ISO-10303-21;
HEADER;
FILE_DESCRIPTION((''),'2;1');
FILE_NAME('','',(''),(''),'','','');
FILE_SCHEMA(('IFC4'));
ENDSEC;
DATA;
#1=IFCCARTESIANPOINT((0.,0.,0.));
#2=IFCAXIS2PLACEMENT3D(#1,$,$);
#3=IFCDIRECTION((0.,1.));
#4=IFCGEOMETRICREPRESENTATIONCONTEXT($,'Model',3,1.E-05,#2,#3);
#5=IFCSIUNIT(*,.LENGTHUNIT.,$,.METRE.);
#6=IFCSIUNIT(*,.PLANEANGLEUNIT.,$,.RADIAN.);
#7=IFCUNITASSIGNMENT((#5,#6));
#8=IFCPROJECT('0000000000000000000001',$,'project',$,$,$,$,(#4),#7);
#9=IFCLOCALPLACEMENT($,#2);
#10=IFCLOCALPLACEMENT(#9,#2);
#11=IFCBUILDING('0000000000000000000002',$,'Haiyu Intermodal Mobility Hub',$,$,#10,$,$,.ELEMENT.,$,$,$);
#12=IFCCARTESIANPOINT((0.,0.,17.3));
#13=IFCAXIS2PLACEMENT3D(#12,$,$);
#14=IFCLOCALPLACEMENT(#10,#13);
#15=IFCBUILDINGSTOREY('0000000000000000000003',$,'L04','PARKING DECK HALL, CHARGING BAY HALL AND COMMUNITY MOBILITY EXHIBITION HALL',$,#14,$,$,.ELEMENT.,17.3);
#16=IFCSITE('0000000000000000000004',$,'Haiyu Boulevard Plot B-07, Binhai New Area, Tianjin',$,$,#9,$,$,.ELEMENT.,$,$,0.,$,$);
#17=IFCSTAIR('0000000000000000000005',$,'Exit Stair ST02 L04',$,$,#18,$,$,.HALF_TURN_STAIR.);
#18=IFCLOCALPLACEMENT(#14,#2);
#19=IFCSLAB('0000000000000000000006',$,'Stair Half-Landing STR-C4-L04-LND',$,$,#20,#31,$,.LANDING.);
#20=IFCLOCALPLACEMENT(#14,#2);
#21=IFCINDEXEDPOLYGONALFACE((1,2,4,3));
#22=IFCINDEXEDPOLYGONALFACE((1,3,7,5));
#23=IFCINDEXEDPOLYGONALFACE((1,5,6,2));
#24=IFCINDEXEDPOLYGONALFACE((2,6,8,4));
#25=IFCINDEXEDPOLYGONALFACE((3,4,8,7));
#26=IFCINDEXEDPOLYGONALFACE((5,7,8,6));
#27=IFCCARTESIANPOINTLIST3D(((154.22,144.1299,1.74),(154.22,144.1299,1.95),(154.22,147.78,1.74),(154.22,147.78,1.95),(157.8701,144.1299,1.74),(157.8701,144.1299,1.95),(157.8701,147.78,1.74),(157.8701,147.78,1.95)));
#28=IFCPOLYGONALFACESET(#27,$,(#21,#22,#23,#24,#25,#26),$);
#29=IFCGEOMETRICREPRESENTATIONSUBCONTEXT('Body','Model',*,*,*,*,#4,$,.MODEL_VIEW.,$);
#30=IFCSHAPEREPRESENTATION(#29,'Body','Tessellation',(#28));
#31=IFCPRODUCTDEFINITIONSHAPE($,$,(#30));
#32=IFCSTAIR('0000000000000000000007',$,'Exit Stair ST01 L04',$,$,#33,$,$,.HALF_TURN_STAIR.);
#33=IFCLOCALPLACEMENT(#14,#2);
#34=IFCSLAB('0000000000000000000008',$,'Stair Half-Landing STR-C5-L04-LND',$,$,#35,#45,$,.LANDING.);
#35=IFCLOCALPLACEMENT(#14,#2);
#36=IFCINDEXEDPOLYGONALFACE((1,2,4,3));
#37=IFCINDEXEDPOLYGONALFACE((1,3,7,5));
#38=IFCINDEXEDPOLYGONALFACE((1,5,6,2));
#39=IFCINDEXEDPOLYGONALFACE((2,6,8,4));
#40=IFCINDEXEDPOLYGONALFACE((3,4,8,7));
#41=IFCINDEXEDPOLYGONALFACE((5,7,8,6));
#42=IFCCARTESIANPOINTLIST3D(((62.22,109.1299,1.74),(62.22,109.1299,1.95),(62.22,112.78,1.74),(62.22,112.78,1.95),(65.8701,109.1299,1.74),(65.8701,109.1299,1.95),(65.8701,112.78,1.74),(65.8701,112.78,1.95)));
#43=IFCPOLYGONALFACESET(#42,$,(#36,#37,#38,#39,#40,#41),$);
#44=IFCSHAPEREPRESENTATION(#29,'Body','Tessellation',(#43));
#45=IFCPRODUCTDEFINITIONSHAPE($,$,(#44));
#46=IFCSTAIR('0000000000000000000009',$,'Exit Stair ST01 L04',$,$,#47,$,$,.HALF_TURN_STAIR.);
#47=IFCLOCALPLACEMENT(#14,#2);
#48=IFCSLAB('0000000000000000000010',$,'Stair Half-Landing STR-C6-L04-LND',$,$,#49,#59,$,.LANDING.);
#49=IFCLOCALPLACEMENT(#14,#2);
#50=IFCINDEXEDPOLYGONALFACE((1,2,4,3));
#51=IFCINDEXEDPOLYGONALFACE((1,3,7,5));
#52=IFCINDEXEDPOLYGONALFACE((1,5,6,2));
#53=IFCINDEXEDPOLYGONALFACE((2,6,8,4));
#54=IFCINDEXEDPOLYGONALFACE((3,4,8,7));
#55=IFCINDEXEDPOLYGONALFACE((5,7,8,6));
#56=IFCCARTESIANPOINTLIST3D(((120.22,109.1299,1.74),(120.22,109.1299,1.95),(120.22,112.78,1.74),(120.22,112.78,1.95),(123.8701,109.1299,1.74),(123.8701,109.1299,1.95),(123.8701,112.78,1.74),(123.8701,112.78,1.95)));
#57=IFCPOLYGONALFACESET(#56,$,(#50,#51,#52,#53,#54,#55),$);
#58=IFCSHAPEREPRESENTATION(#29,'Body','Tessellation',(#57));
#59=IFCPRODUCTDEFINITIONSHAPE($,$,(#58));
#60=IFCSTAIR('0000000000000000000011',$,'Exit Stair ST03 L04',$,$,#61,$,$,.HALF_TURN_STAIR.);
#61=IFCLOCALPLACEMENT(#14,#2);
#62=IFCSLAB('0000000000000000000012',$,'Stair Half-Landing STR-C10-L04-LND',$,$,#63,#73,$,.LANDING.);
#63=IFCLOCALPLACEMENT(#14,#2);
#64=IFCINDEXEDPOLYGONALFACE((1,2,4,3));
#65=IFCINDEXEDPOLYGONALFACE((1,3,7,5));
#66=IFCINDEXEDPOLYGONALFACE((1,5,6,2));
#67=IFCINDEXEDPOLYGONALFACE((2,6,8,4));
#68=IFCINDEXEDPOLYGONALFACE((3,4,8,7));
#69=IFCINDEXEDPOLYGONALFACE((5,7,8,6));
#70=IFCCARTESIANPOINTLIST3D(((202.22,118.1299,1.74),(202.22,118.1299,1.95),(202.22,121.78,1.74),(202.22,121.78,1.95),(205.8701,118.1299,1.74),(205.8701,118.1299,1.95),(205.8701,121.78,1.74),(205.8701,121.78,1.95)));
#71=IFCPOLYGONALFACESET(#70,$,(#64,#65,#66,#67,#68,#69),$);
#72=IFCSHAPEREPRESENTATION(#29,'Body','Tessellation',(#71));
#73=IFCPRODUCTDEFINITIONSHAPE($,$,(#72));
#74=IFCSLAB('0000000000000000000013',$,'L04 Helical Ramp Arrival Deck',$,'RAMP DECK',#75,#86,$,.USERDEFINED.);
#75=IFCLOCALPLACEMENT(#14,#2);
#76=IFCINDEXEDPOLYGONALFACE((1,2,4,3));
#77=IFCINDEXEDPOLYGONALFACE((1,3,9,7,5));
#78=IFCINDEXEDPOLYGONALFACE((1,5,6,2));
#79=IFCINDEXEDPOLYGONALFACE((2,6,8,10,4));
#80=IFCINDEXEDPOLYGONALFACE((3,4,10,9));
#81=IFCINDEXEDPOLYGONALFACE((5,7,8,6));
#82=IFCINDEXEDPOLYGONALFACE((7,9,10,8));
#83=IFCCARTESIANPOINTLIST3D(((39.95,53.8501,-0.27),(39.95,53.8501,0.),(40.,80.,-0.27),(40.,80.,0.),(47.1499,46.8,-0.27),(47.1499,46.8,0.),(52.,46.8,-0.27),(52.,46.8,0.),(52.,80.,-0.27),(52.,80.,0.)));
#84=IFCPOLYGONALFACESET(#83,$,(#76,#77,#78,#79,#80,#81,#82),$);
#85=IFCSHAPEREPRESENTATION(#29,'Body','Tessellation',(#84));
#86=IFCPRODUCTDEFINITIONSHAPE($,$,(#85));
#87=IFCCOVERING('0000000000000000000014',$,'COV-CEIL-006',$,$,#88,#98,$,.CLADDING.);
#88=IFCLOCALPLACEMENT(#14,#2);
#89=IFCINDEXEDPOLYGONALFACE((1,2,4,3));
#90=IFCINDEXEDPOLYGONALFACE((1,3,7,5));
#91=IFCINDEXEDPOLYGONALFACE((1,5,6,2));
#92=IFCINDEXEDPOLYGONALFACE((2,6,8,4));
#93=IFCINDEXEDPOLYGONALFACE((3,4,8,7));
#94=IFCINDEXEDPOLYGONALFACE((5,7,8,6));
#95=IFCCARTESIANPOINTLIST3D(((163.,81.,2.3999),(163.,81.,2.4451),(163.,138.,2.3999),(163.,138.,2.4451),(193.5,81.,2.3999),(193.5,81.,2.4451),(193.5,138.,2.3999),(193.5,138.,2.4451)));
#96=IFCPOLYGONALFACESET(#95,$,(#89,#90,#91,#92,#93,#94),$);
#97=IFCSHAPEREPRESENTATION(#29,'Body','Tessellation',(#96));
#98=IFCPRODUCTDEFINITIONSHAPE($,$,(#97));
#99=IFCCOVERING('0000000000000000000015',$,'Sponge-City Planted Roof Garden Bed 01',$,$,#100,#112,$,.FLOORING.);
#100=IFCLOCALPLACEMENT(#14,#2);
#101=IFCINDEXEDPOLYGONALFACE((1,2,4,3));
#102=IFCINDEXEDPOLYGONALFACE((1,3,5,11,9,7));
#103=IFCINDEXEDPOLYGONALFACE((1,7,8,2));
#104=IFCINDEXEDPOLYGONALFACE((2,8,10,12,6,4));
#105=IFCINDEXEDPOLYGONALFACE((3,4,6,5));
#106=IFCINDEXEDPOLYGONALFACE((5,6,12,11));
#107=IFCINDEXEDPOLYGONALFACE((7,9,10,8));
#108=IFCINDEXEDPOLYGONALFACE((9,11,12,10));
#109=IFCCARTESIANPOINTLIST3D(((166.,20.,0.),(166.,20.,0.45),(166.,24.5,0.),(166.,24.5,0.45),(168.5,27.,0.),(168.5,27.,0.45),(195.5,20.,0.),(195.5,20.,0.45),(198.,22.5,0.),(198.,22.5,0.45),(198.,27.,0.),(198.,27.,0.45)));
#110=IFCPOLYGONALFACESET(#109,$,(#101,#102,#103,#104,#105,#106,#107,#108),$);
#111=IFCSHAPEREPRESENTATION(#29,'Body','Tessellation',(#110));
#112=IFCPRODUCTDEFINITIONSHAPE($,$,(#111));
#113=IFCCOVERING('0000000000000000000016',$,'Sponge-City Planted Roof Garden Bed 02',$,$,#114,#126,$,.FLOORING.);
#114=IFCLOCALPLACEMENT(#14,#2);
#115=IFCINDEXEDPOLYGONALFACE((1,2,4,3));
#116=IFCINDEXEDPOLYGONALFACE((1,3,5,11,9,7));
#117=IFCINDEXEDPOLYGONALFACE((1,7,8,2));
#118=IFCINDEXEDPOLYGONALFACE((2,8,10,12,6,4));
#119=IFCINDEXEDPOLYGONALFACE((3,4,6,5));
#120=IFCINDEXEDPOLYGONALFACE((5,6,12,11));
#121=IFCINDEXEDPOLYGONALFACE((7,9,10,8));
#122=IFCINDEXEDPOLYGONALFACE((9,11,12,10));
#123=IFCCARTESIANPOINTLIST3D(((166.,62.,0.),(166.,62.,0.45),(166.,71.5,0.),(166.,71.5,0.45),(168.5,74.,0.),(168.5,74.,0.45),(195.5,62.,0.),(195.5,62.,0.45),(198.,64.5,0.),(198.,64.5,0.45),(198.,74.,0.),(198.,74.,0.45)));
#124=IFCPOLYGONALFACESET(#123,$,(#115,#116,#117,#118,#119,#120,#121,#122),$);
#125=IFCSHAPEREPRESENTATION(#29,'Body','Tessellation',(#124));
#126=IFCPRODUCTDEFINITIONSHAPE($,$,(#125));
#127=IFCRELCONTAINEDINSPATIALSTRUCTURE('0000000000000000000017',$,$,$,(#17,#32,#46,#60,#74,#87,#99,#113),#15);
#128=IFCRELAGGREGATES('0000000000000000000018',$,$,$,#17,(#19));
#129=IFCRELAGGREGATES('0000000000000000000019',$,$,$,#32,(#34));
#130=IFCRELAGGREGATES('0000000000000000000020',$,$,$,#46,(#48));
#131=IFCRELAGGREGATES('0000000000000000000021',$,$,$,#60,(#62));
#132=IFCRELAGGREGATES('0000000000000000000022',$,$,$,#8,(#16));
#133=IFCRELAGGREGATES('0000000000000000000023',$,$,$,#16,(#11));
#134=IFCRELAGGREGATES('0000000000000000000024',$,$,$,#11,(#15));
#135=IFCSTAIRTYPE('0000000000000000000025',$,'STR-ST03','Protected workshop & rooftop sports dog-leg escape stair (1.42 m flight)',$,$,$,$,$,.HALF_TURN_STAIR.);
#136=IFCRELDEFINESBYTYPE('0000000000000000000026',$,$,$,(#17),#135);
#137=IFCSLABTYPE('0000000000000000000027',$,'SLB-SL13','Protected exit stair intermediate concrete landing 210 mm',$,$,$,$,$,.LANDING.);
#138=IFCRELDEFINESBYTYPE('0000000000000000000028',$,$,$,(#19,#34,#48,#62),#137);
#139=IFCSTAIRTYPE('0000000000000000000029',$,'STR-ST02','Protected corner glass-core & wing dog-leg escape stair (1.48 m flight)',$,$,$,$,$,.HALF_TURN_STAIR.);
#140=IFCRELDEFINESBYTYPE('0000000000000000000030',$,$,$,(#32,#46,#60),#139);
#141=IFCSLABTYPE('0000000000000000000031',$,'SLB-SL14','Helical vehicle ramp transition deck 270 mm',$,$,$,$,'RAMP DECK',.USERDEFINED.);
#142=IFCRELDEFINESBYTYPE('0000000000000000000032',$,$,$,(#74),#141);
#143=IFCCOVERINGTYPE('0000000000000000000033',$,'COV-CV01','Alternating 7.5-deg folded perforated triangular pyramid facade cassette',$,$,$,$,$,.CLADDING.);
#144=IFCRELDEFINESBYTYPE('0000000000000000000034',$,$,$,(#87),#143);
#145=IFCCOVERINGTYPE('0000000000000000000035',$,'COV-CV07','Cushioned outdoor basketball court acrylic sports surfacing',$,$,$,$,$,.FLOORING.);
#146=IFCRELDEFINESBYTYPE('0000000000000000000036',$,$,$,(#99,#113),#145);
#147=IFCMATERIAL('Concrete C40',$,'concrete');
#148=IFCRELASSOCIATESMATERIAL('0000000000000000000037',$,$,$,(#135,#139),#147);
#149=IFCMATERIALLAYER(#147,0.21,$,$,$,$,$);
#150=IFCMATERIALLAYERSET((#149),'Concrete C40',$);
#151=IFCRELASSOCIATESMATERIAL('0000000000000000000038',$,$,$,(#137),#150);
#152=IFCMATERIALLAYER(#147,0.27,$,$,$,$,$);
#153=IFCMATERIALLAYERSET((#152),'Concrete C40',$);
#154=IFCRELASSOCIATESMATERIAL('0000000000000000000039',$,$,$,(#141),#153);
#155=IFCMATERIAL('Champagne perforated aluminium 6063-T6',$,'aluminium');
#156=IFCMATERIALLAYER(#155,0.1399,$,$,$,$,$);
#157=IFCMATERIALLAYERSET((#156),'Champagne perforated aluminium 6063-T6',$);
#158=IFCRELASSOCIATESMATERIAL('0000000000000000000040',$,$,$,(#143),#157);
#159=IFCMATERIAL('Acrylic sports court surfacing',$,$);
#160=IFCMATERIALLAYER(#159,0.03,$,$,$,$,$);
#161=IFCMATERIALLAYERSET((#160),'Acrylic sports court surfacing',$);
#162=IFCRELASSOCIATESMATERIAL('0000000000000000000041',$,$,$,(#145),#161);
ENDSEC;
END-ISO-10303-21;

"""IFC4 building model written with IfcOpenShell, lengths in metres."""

from ifc_helpers import new_model, si_unit, direction, frame, origin, place, context, subcontext, project, spatial, polyline, outline, extrude, material, layer, layer_set, type_object, element, aggregate, save


model = new_model("IFC4")

# Units and contexts
model_context = context("Model", 3, precision=1e-05, world=origin(), true_north=direction((0.0, 1.0)))
body_context = subcontext(model_context, "Body", "Model", "MODEL_VIEW")
ifc_project = project(units=[si_unit("LENGTHUNIT", "METRE"), si_unit("PLANEANGLEUNIT", "RADIAN")], contexts=[model_context])

# Site, building, storey
site_placement = place(None, origin())
site = spatial("IfcSite", under=ifc_project, at=site_placement, Name="Haiyu Boulevard Plot B-07, Binhai New Area, Tianjin", CompositionType="ELEMENT", RefElevation=0.0)
building_placement = place(site_placement, origin())
building = spatial("IfcBuilding", under=site, at=building_placement, Name="Haiyu Intermodal Mobility Hub", CompositionType="ELEMENT")
storey_placement = place(building_placement, frame((0.0, 0.0, 17.3)))
storey = spatial("IfcBuildingStorey", under=building, at=storey_placement, Name="L04", Description="PARKING DECK HALL, CHARGING BAY HALL AND COMMUNITY MOBILITY EXHIBITION HALL", CompositionType="ELEMENT", Elevation=17.3)

# Shared definitions
ifc_material_1 = material(Name="Concrete C40", Category="concrete")

# Stairs, slabs
stair_type_1 = type_object("IfcStairType", Name="STR-ST03", Description="Protected workshop & rooftop sports dog-leg escape stair (1.42 m flight)", PredefinedType="HALF_TURN_STAIR", material=ifc_material_1)
ifc_layer_1 = layer(ifc_material_1, 0.21)
ifc_layer_set_1 = layer_set([ifc_layer_1], Name="Concrete C40")
slab_type_1 = type_object("IfcSlabType", Name="SLB-SL13", Description="Protected exit stair intermediate concrete landing 210 mm", PredefinedType="LANDING", material=ifc_layer_set_1)
stair_1_placement = place(storey_placement, origin())
stair_1 = element("IfcStair", 1, at=stair_1_placement, inside=storey, type_object=stair_type_1, Name="Exit Stair ST02 L04", PredefinedType="HALF_TURN_STAIR")
slab_1_placement = place(storey_placement, frame((0.0, 0.0, 1.74)))
slab_1 = element("IfcSlab", 2, at=slab_1_placement, type_object=slab_type_1, Name="Stair Half-Landing STR-C4-L04-LND", PredefinedType="LANDING", context=body_context, shape_type="SweptSolid", body=[
    extrude(outline(polyline([(154.22, 144.1299), (157.8701, 144.1299), (157.8701, 147.78), (154.22, 147.78), (154.22, 144.1299)])), origin(), (0.0, 0.0, 1.0), 0.21),
])
aggregate(stair_1, [slab_1])
stair_type_2 = type_object("IfcStairType", Name="STR-ST02", Description="Protected corner glass-core & wing dog-leg escape stair (1.48 m flight)", PredefinedType="HALF_TURN_STAIR", material=ifc_material_1)
stair_2_placement = place(storey_placement, origin())
stair_2 = element("IfcStair", 3, at=stair_2_placement, inside=storey, type_object=stair_type_2, Name="Exit Stair ST01 L04", PredefinedType="HALF_TURN_STAIR")
slab_2_placement = place(storey_placement, frame((0.0, 0.0, 1.74)))
slab_2 = element("IfcSlab", 4, at=slab_2_placement, type_object=slab_type_1, Name="Stair Half-Landing STR-C5-L04-LND", PredefinedType="LANDING", context=body_context, shape_type="SweptSolid", body=[
    extrude(outline(polyline([(62.22, 109.1299), (65.8701, 109.1299), (65.8701, 112.78), (62.22, 112.78), (62.22, 109.1299)])), origin(), (0.0, 0.0, 1.0), 0.21),
])
aggregate(stair_2, [slab_2])
stair_3_placement = place(storey_placement, origin())
stair_3 = element("IfcStair", 5, at=stair_3_placement, inside=storey, type_object=stair_type_2, Name="Exit Stair ST01 L04", PredefinedType="HALF_TURN_STAIR")
slab_3_placement = place(storey_placement, frame((0.0, 0.0, 1.74)))
slab_3 = element("IfcSlab", 6, at=slab_3_placement, type_object=slab_type_1, Name="Stair Half-Landing STR-C6-L04-LND", PredefinedType="LANDING", context=body_context, shape_type="SweptSolid", body=[
    extrude(outline(polyline([(120.22, 109.1299), (123.8701, 109.1299), (123.8701, 112.78), (120.22, 112.78), (120.22, 109.1299)])), origin(), (0.0, 0.0, 1.0), 0.21),
])
aggregate(stair_3, [slab_3])
stair_4_placement = place(storey_placement, origin())
stair_4 = element("IfcStair", 7, at=stair_4_placement, inside=storey, type_object=stair_type_2, Name="Exit Stair ST03 L04", PredefinedType="HALF_TURN_STAIR")
slab_4_placement = place(storey_placement, frame((0.0, 0.0, 1.74)))
slab_4 = element("IfcSlab", 8, at=slab_4_placement, type_object=slab_type_1, Name="Stair Half-Landing STR-C10-L04-LND", PredefinedType="LANDING", context=body_context, shape_type="SweptSolid", body=[
    extrude(outline(polyline([(202.22, 118.1299), (205.8701, 118.1299), (205.8701, 121.78), (202.22, 121.78), (202.22, 118.1299)])), origin(), (0.0, 0.0, 1.0), 0.21),
])
aggregate(stair_4, [slab_4])

# Slab
ifc_layer_2 = layer(ifc_material_1, 0.27)
ifc_layer_set_2 = layer_set([ifc_layer_2], Name="Concrete C40")
slab_type_2 = type_object("IfcSlabType", Name="SLB-SL14", Description="Helical vehicle ramp transition deck 270 mm", ElementType="RAMP DECK", PredefinedType="USERDEFINED", material=ifc_layer_set_2)
slab_5_placement = place(storey_placement, frame((0.0, 0.0, -0.27)))
element("IfcSlab", 9, at=slab_5_placement, inside=storey, type_object=slab_type_2, Name="L04 Helical Ramp Arrival Deck", ObjectType="RAMP DECK", PredefinedType="USERDEFINED", context=body_context, shape_type="SweptSolid", body=[
    extrude(outline(polyline([(39.95, 53.8501), (47.1499, 46.8), (52.0, 46.8), (52.0, 80.0), (40.0, 80.0), (39.95, 53.8501)])), origin(), (0.0, 0.0, 1.0), 0.27),
])

# Coverings
ifc_material_2 = material(Name="Champagne perforated aluminium 6063-T6", Category="aluminium")
ifc_layer_3 = layer(ifc_material_2, 0.1399)
ifc_layer_set_3 = layer_set([ifc_layer_3], Name="Champagne perforated aluminium 6063-T6")
covering_type_1 = type_object("IfcCoveringType", Name="COV-CV01", Description="Alternating 7.5-deg folded perforated triangular pyramid facade cassette", PredefinedType="CLADDING", material=ifc_layer_set_3)
covering_1_placement = place(storey_placement, frame((0.0, 0.0, 2.3999)))
element("IfcCovering", 10, at=covering_1_placement, inside=storey, type_object=covering_type_1, Name="COV-CEIL-006", PredefinedType="CLADDING", context=body_context, shape_type="SweptSolid", body=[
    extrude(outline(polyline([(163.0, 81.0), (193.5, 81.0), (193.5, 138.0), (163.0, 138.0), (163.0, 81.0)])), origin(), (0.0, 0.0, 1.0), 0.0452),
])
ifc_material_3 = material(Name="Acrylic sports court surfacing")
ifc_layer_4 = layer(ifc_material_3, 0.03)
ifc_layer_set_4 = layer_set([ifc_layer_4], Name="Acrylic sports court surfacing")
covering_type_2 = type_object("IfcCoveringType", Name="COV-CV07", Description="Cushioned outdoor basketball court acrylic sports surfacing", PredefinedType="FLOORING", material=ifc_layer_set_4)
covering_2_placement = place(storey_placement, origin())
element("IfcCovering", 11, at=covering_2_placement, inside=storey, type_object=covering_type_2, Name="Sponge-City Planted Roof Garden Bed 01", PredefinedType="FLOORING", context=body_context, shape_type="SweptSolid", body=[
    extrude(outline(polyline([(166.0, 20.0), (195.5, 20.0), (198.0, 22.5), (198.0, 27.0), (168.5, 27.0), (166.0, 24.5), (166.0, 20.0)])), origin(), (0.0, 0.0, 1.0), 0.45),
])
covering_3_placement = place(storey_placement, origin())
element("IfcCovering", 12, at=covering_3_placement, inside=storey, type_object=covering_type_2, Name="Sponge-City Planted Roof Garden Bed 02", PredefinedType="FLOORING", context=body_context, shape_type="SweptSolid", body=[
    extrude(outline(polyline([(166.0, 62.0), (195.5, 62.0), (198.0, 64.5), (198.0, 74.0), (168.5, 74.0), (166.0, 71.5), (166.0, 62.0)])), origin(), (0.0, 0.0, 1.0), 0.45),
])

save(model, "model.ifc")
